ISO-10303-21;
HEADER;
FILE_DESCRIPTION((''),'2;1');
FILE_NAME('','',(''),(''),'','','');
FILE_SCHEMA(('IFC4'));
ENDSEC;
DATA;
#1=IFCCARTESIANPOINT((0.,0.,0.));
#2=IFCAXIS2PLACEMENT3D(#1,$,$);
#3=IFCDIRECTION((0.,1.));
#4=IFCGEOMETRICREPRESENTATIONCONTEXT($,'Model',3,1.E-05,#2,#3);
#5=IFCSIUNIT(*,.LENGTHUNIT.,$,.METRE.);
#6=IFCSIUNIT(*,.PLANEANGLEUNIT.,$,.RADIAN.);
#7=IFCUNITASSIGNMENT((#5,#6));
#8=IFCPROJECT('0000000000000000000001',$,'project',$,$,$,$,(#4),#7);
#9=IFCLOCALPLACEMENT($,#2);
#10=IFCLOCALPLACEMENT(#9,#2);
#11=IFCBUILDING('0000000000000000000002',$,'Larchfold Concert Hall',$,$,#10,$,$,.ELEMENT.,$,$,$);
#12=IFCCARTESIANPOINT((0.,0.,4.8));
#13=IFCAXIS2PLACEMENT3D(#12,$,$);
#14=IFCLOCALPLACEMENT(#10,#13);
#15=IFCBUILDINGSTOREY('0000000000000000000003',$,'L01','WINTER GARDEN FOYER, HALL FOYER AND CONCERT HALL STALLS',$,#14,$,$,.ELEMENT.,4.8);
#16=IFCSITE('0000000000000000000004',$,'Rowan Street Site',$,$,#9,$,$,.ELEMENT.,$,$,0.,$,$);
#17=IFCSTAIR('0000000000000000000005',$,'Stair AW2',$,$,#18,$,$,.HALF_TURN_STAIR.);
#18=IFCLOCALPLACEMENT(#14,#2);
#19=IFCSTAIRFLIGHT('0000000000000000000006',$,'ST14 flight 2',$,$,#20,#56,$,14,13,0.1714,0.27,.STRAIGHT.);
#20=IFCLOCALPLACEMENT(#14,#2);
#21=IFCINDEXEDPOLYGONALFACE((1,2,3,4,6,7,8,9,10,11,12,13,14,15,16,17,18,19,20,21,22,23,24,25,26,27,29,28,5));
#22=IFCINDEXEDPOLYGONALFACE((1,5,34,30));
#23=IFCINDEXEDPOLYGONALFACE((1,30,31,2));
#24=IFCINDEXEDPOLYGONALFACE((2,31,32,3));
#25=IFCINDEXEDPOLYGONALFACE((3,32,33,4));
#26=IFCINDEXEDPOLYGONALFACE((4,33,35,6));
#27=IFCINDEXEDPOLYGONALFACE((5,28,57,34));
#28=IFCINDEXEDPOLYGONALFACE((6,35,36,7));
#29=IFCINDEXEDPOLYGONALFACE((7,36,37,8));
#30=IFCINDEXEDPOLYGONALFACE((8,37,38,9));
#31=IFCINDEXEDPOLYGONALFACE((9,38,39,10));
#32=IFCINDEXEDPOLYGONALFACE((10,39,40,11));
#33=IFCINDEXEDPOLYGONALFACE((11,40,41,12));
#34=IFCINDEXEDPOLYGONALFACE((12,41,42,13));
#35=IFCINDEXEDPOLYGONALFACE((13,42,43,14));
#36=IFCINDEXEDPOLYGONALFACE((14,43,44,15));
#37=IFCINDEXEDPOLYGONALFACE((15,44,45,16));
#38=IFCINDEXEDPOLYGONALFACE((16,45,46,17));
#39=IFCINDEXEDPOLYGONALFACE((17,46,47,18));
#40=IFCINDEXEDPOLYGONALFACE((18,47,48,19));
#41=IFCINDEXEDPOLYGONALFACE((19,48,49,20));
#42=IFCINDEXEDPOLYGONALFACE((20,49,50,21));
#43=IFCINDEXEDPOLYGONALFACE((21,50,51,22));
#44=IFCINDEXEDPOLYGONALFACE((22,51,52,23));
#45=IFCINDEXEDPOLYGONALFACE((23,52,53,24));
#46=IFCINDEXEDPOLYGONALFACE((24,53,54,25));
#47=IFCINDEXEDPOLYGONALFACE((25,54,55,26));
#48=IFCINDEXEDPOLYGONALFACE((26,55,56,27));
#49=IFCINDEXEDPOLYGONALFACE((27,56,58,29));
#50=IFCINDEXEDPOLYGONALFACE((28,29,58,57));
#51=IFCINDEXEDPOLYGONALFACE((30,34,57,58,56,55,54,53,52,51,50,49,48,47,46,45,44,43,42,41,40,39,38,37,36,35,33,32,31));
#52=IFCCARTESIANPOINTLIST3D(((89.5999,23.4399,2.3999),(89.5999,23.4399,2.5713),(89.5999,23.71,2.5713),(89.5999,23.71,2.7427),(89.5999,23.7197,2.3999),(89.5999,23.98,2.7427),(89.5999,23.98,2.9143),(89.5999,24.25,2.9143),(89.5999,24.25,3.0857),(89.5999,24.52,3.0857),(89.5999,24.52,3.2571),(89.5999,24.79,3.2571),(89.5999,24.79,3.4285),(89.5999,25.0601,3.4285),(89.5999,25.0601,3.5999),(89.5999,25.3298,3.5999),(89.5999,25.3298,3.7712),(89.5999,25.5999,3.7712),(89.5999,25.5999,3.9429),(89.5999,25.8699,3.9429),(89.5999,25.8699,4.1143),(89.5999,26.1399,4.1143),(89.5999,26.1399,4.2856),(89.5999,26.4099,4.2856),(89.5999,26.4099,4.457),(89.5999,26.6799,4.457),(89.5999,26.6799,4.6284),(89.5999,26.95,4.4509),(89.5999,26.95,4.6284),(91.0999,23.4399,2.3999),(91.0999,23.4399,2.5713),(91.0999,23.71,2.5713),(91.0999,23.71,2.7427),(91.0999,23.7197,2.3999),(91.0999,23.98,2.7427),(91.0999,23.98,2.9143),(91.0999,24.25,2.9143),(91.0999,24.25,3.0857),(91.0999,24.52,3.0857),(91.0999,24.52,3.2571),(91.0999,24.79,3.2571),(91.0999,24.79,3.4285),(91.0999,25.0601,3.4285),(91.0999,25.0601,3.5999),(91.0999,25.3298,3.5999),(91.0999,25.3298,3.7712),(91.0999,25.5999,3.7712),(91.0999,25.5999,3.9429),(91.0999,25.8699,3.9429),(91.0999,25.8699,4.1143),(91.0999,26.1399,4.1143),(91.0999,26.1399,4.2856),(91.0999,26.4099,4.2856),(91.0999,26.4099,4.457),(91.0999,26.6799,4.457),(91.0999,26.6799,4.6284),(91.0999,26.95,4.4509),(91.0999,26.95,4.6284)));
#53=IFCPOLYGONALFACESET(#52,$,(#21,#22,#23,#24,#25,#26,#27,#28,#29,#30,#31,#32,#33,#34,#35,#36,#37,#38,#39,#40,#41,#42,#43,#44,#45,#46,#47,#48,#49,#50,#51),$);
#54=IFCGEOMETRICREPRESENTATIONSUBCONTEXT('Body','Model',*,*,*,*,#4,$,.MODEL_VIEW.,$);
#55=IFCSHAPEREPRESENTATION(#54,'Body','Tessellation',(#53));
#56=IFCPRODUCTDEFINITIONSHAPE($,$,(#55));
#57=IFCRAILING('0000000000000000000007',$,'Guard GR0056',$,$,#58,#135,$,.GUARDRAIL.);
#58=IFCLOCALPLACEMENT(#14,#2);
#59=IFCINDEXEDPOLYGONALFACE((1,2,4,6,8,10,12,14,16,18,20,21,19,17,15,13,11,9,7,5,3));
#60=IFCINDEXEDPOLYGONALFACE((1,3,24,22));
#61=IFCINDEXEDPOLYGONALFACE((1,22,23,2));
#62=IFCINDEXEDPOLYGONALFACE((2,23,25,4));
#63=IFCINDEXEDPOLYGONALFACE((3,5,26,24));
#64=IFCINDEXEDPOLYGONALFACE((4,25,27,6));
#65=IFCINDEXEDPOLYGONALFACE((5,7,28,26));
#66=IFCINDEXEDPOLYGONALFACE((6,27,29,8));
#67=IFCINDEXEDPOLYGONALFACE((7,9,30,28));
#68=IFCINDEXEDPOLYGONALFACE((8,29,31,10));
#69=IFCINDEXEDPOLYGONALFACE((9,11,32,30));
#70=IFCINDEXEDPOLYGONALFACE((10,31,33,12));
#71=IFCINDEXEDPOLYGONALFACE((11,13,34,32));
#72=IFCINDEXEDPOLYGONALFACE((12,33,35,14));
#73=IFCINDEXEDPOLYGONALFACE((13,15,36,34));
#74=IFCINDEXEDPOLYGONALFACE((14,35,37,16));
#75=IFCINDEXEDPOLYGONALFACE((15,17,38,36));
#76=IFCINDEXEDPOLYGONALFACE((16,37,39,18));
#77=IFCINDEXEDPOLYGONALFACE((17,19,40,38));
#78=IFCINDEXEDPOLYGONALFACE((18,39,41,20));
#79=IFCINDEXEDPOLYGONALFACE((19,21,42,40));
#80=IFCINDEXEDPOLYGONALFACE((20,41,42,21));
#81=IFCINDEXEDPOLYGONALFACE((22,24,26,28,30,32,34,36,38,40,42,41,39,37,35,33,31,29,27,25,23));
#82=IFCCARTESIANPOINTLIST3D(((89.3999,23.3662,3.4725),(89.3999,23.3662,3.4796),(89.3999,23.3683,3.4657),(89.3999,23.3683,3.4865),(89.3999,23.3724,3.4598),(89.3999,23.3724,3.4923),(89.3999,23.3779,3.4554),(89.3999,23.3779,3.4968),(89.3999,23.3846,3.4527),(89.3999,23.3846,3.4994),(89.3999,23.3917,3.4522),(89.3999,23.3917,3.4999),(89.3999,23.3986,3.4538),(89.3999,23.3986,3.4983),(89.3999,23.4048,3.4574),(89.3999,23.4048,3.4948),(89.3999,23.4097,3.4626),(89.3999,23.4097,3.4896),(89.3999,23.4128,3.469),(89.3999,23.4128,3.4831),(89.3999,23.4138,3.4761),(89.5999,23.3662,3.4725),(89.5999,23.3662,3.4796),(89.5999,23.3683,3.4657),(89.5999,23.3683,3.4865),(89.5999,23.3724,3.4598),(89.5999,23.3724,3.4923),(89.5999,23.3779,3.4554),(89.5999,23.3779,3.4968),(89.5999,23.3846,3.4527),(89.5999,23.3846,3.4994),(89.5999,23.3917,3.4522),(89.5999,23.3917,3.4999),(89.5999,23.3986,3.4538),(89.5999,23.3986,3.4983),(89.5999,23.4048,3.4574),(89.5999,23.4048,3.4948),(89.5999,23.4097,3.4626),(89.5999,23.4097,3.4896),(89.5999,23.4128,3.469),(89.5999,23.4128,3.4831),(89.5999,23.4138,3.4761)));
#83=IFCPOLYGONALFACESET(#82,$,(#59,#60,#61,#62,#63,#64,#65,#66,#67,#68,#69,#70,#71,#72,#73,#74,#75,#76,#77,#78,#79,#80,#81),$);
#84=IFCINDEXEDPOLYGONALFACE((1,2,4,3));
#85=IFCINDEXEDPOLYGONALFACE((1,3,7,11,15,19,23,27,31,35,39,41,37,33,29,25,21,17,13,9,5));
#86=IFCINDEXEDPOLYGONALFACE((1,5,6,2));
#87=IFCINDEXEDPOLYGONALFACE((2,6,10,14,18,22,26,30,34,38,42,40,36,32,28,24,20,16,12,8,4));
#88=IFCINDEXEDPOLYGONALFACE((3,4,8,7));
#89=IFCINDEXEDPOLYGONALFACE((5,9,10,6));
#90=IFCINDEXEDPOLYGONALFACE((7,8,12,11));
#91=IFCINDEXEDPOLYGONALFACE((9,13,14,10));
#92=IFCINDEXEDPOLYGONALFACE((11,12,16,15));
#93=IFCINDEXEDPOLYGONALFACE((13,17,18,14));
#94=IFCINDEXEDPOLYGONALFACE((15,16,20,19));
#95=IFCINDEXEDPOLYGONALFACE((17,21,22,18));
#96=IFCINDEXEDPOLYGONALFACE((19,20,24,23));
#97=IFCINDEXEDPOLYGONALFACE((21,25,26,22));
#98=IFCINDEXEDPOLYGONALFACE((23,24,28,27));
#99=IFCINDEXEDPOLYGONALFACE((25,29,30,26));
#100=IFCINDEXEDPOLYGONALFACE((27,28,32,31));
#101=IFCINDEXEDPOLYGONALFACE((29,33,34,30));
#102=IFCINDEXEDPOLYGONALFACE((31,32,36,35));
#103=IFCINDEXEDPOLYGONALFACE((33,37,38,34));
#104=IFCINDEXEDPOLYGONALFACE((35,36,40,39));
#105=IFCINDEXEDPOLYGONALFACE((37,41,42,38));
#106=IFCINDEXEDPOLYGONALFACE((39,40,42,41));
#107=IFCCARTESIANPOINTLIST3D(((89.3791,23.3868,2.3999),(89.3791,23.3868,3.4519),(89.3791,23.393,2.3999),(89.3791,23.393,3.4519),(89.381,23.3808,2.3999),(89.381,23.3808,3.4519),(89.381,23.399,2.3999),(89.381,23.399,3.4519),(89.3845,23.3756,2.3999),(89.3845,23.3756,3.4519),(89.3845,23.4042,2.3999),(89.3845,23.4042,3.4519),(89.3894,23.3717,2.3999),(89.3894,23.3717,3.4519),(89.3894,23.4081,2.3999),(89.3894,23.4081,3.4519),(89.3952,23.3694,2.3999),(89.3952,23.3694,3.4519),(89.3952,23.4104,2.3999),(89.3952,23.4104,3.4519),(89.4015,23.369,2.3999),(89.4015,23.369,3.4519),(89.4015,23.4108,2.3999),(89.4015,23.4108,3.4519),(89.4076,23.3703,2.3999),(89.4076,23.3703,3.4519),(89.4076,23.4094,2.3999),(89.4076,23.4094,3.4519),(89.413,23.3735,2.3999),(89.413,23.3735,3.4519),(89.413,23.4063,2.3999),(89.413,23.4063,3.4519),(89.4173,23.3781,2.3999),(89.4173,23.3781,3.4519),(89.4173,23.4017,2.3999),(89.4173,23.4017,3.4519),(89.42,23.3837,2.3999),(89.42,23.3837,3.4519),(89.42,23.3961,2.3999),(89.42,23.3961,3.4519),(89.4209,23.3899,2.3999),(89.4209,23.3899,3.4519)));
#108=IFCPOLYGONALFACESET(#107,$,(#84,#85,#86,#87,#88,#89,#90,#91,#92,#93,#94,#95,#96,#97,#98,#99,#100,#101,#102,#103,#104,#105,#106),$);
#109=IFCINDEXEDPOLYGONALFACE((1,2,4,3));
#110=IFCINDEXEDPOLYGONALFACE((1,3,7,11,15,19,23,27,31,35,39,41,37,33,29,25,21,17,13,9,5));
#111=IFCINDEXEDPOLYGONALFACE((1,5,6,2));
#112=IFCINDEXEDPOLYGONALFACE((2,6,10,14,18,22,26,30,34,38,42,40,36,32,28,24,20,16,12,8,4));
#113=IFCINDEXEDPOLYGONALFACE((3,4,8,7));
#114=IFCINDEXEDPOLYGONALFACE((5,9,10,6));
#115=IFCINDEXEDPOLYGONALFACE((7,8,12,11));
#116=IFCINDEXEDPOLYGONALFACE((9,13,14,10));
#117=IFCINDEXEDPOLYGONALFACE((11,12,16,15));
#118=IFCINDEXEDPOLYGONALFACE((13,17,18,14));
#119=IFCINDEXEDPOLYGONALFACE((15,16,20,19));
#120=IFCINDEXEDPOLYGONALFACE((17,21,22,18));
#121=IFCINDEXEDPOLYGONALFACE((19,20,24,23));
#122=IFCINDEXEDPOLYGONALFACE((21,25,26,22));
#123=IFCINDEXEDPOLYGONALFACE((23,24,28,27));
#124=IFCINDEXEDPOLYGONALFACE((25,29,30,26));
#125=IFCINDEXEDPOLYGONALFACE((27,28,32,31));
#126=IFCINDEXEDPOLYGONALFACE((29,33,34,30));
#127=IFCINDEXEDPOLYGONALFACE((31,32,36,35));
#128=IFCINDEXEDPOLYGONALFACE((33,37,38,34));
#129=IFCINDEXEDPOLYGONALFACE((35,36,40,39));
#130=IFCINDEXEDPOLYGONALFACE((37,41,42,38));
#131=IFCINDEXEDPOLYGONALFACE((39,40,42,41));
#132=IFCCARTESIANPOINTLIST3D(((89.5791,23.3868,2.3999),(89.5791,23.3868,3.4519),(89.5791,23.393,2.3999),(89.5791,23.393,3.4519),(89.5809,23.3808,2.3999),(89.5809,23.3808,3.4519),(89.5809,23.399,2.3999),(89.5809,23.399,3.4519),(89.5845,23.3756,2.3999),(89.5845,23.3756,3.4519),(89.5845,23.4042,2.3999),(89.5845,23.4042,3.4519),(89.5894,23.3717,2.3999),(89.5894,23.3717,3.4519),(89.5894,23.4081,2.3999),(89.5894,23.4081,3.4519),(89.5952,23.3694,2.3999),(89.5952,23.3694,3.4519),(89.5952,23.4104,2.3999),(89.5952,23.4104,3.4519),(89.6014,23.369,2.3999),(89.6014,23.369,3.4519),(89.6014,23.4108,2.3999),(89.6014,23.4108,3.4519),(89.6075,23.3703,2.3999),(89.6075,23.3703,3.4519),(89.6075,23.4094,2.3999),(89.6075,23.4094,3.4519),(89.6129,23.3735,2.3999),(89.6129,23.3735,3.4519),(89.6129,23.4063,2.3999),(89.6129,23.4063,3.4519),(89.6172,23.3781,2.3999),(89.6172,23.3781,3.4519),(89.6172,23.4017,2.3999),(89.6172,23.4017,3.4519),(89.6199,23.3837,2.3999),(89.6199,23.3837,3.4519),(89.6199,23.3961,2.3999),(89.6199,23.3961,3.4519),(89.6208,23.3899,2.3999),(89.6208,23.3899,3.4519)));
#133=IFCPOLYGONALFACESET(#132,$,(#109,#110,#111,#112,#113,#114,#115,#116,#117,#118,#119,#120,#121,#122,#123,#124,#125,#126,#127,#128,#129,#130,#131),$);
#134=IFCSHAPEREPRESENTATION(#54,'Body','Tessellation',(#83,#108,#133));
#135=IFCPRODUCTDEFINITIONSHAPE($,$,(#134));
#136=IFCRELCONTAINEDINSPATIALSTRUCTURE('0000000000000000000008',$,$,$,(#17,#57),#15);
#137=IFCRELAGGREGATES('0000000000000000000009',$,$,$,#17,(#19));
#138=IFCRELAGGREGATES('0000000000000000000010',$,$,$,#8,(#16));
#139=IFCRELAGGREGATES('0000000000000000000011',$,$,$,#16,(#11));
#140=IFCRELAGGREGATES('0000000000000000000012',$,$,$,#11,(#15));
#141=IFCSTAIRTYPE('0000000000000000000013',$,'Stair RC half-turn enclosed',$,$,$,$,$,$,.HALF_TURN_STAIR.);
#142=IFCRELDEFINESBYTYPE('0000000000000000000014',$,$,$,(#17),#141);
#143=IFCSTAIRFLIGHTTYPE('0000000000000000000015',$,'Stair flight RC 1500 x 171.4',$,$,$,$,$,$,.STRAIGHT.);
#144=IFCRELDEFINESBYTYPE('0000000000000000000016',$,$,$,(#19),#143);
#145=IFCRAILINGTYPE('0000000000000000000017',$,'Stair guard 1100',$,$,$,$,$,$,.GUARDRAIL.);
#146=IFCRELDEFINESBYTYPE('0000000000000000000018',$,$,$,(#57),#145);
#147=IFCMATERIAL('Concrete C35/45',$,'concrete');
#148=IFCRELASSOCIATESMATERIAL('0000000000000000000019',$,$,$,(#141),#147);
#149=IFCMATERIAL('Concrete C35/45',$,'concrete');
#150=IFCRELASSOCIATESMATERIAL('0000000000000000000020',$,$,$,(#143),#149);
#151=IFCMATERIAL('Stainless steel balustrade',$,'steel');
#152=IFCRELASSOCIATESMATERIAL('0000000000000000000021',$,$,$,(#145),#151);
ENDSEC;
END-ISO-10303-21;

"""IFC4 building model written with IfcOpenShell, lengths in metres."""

from ifc_helpers import new_model, si_unit, direction, frame, origin, origin_2d, place, context, subcontext, project, spatial, polyline, circle, outline, extrude, material, type_object, element, aggregate, save


model = new_model("IFC4")

# Units and contexts
model_context = context("Model", 3, precision=1e-05, world=origin(), true_north=direction((0.0, 1.0)))
body_context = subcontext(model_context, "Body", "Model", "MODEL_VIEW")
ifc_project = project(units=[si_unit("LENGTHUNIT", "METRE"), si_unit("PLANEANGLEUNIT", "RADIAN")], contexts=[model_context])

# Site, building, storey
site_placement = place(None, origin())
site = spatial("IfcSite", under=ifc_project, at=site_placement, Name="Rowan Street Site", CompositionType="ELEMENT", RefElevation=0.0)
building_placement = place(site_placement, origin())
building = spatial("IfcBuilding", under=site, at=building_placement, Name="Larchfold Concert Hall", CompositionType="ELEMENT")
storey_placement = place(building_placement, frame((0.0, 0.0, 4.8)))
storey = spatial("IfcBuildingStorey", under=building, at=storey_placement, Name="L01", Description="WINTER GARDEN FOYER, HALL FOYER AND CONCERT HALL STALLS", CompositionType="ELEMENT", Elevation=4.8)

# Stair, stair flight
ifc_material_1 = material(Name="Concrete C35/45", Category="concrete")
stair_type = type_object("IfcStairType", Name="Stair RC half-turn enclosed", PredefinedType="HALF_TURN_STAIR", material=ifc_material_1)
stair_placement = place(storey_placement, origin())
stair = element("IfcStair", 1, at=stair_placement, inside=storey, type_object=stair_type, Name="Stair AW2", PredefinedType="HALF_TURN_STAIR")
ifc_material_2 = material(Name="Concrete C35/45", Category="concrete")
stair_flight_type = type_object("IfcStairFlightType", Name="Stair flight RC 1500 x 171.4", PredefinedType="STRAIGHT", material=ifc_material_2)
stair_flight_placement = place(storey_placement, frame((90.3499, 23.4399, 2.3999), z_axis=(0.0, 0.0, 1.0), x_axis=(0.0, 1.0, 0.0)))
stair_flight = element("IfcStairFlight", 2, at=stair_flight_placement, type_object=stair_flight_type, Name="ST14 flight 2", NumberOfRisers=14, NumberOfTreads=13, PredefinedType="STRAIGHT", RiserHeight=0.1714, TreadLength=0.27, context=body_context, shape_type="SweptSolid", body=[
    extrude(outline(polyline([(0.0, 0.0), (0.0, 0.1714), (0.27, 0.1714), (0.27, 0.3428), (0.54, 0.3428), (0.54, 0.5144), (0.8101, 0.5144), (0.8101, 0.6858), (1.0801, 0.6858), (1.0801, 0.8572), (1.3501, 0.8572), (1.3501, 1.0286), (1.6201, 1.0286), (1.6201, 1.2), (1.8899, 1.2), (1.8899, 1.3713), (2.1599, 1.3713), (2.1599, 1.543), (2.4299, 1.543), (2.4299, 1.7144), (2.7, 1.7144), (2.7, 1.8857), (2.97, 1.8857), (2.97, 2.0571), (3.24, 2.0571), (3.24, 2.2285), (3.51, 2.2285), (3.51, 2.3999), (3.51, 2.051), (0.2798, 0.0), (0.0, 0.0)])), frame((0.0, 0.75, 0.0), z_axis=(0.0, -1.0, 0.0), x_axis=(1.0, 0.0, 0.0)), (0.0, 0.0, 1.0), 1.5),
])
aggregate(stair, [stair_flight])

# Railing
ifc_material_3 = material(Name="Stainless steel balustrade", Category="steel")
railing_type_1 = type_object("IfcRailingType", Name="Stair guard 1100", PredefinedType="GUARDRAIL", material=ifc_material_3)
railing_1_placement = place(storey_placement, frame((89.3999, 23.3899, 2.3999)))
element("IfcRailing", 3, at=railing_1_placement, inside=storey, type_object=railing_type_1, Name="Guard GR0056", PredefinedType="GUARDRAIL", context=body_context, shape_type="SweptSolid", body=[
    extrude(circle(Radius=0.0239, at=origin_2d()), frame((0.0, 0.0, 1.0762), z_axis=(1.0, 0.0, 0.0), x_axis=(0.0, 1.0, 0.0)), (0.0, 0.0, 1.0), 0.2),
    extrude(circle(Radius=0.021, at=origin_2d()), origin(), (0.0, 0.0, 1.0), 1.052),
    extrude(circle(Radius=0.021, at=origin_2d()), frame((0.2, 0.0, 0.0)), (0.0, 0.0, 1.0), 1.052),
])

save(model, "model.ifc")
